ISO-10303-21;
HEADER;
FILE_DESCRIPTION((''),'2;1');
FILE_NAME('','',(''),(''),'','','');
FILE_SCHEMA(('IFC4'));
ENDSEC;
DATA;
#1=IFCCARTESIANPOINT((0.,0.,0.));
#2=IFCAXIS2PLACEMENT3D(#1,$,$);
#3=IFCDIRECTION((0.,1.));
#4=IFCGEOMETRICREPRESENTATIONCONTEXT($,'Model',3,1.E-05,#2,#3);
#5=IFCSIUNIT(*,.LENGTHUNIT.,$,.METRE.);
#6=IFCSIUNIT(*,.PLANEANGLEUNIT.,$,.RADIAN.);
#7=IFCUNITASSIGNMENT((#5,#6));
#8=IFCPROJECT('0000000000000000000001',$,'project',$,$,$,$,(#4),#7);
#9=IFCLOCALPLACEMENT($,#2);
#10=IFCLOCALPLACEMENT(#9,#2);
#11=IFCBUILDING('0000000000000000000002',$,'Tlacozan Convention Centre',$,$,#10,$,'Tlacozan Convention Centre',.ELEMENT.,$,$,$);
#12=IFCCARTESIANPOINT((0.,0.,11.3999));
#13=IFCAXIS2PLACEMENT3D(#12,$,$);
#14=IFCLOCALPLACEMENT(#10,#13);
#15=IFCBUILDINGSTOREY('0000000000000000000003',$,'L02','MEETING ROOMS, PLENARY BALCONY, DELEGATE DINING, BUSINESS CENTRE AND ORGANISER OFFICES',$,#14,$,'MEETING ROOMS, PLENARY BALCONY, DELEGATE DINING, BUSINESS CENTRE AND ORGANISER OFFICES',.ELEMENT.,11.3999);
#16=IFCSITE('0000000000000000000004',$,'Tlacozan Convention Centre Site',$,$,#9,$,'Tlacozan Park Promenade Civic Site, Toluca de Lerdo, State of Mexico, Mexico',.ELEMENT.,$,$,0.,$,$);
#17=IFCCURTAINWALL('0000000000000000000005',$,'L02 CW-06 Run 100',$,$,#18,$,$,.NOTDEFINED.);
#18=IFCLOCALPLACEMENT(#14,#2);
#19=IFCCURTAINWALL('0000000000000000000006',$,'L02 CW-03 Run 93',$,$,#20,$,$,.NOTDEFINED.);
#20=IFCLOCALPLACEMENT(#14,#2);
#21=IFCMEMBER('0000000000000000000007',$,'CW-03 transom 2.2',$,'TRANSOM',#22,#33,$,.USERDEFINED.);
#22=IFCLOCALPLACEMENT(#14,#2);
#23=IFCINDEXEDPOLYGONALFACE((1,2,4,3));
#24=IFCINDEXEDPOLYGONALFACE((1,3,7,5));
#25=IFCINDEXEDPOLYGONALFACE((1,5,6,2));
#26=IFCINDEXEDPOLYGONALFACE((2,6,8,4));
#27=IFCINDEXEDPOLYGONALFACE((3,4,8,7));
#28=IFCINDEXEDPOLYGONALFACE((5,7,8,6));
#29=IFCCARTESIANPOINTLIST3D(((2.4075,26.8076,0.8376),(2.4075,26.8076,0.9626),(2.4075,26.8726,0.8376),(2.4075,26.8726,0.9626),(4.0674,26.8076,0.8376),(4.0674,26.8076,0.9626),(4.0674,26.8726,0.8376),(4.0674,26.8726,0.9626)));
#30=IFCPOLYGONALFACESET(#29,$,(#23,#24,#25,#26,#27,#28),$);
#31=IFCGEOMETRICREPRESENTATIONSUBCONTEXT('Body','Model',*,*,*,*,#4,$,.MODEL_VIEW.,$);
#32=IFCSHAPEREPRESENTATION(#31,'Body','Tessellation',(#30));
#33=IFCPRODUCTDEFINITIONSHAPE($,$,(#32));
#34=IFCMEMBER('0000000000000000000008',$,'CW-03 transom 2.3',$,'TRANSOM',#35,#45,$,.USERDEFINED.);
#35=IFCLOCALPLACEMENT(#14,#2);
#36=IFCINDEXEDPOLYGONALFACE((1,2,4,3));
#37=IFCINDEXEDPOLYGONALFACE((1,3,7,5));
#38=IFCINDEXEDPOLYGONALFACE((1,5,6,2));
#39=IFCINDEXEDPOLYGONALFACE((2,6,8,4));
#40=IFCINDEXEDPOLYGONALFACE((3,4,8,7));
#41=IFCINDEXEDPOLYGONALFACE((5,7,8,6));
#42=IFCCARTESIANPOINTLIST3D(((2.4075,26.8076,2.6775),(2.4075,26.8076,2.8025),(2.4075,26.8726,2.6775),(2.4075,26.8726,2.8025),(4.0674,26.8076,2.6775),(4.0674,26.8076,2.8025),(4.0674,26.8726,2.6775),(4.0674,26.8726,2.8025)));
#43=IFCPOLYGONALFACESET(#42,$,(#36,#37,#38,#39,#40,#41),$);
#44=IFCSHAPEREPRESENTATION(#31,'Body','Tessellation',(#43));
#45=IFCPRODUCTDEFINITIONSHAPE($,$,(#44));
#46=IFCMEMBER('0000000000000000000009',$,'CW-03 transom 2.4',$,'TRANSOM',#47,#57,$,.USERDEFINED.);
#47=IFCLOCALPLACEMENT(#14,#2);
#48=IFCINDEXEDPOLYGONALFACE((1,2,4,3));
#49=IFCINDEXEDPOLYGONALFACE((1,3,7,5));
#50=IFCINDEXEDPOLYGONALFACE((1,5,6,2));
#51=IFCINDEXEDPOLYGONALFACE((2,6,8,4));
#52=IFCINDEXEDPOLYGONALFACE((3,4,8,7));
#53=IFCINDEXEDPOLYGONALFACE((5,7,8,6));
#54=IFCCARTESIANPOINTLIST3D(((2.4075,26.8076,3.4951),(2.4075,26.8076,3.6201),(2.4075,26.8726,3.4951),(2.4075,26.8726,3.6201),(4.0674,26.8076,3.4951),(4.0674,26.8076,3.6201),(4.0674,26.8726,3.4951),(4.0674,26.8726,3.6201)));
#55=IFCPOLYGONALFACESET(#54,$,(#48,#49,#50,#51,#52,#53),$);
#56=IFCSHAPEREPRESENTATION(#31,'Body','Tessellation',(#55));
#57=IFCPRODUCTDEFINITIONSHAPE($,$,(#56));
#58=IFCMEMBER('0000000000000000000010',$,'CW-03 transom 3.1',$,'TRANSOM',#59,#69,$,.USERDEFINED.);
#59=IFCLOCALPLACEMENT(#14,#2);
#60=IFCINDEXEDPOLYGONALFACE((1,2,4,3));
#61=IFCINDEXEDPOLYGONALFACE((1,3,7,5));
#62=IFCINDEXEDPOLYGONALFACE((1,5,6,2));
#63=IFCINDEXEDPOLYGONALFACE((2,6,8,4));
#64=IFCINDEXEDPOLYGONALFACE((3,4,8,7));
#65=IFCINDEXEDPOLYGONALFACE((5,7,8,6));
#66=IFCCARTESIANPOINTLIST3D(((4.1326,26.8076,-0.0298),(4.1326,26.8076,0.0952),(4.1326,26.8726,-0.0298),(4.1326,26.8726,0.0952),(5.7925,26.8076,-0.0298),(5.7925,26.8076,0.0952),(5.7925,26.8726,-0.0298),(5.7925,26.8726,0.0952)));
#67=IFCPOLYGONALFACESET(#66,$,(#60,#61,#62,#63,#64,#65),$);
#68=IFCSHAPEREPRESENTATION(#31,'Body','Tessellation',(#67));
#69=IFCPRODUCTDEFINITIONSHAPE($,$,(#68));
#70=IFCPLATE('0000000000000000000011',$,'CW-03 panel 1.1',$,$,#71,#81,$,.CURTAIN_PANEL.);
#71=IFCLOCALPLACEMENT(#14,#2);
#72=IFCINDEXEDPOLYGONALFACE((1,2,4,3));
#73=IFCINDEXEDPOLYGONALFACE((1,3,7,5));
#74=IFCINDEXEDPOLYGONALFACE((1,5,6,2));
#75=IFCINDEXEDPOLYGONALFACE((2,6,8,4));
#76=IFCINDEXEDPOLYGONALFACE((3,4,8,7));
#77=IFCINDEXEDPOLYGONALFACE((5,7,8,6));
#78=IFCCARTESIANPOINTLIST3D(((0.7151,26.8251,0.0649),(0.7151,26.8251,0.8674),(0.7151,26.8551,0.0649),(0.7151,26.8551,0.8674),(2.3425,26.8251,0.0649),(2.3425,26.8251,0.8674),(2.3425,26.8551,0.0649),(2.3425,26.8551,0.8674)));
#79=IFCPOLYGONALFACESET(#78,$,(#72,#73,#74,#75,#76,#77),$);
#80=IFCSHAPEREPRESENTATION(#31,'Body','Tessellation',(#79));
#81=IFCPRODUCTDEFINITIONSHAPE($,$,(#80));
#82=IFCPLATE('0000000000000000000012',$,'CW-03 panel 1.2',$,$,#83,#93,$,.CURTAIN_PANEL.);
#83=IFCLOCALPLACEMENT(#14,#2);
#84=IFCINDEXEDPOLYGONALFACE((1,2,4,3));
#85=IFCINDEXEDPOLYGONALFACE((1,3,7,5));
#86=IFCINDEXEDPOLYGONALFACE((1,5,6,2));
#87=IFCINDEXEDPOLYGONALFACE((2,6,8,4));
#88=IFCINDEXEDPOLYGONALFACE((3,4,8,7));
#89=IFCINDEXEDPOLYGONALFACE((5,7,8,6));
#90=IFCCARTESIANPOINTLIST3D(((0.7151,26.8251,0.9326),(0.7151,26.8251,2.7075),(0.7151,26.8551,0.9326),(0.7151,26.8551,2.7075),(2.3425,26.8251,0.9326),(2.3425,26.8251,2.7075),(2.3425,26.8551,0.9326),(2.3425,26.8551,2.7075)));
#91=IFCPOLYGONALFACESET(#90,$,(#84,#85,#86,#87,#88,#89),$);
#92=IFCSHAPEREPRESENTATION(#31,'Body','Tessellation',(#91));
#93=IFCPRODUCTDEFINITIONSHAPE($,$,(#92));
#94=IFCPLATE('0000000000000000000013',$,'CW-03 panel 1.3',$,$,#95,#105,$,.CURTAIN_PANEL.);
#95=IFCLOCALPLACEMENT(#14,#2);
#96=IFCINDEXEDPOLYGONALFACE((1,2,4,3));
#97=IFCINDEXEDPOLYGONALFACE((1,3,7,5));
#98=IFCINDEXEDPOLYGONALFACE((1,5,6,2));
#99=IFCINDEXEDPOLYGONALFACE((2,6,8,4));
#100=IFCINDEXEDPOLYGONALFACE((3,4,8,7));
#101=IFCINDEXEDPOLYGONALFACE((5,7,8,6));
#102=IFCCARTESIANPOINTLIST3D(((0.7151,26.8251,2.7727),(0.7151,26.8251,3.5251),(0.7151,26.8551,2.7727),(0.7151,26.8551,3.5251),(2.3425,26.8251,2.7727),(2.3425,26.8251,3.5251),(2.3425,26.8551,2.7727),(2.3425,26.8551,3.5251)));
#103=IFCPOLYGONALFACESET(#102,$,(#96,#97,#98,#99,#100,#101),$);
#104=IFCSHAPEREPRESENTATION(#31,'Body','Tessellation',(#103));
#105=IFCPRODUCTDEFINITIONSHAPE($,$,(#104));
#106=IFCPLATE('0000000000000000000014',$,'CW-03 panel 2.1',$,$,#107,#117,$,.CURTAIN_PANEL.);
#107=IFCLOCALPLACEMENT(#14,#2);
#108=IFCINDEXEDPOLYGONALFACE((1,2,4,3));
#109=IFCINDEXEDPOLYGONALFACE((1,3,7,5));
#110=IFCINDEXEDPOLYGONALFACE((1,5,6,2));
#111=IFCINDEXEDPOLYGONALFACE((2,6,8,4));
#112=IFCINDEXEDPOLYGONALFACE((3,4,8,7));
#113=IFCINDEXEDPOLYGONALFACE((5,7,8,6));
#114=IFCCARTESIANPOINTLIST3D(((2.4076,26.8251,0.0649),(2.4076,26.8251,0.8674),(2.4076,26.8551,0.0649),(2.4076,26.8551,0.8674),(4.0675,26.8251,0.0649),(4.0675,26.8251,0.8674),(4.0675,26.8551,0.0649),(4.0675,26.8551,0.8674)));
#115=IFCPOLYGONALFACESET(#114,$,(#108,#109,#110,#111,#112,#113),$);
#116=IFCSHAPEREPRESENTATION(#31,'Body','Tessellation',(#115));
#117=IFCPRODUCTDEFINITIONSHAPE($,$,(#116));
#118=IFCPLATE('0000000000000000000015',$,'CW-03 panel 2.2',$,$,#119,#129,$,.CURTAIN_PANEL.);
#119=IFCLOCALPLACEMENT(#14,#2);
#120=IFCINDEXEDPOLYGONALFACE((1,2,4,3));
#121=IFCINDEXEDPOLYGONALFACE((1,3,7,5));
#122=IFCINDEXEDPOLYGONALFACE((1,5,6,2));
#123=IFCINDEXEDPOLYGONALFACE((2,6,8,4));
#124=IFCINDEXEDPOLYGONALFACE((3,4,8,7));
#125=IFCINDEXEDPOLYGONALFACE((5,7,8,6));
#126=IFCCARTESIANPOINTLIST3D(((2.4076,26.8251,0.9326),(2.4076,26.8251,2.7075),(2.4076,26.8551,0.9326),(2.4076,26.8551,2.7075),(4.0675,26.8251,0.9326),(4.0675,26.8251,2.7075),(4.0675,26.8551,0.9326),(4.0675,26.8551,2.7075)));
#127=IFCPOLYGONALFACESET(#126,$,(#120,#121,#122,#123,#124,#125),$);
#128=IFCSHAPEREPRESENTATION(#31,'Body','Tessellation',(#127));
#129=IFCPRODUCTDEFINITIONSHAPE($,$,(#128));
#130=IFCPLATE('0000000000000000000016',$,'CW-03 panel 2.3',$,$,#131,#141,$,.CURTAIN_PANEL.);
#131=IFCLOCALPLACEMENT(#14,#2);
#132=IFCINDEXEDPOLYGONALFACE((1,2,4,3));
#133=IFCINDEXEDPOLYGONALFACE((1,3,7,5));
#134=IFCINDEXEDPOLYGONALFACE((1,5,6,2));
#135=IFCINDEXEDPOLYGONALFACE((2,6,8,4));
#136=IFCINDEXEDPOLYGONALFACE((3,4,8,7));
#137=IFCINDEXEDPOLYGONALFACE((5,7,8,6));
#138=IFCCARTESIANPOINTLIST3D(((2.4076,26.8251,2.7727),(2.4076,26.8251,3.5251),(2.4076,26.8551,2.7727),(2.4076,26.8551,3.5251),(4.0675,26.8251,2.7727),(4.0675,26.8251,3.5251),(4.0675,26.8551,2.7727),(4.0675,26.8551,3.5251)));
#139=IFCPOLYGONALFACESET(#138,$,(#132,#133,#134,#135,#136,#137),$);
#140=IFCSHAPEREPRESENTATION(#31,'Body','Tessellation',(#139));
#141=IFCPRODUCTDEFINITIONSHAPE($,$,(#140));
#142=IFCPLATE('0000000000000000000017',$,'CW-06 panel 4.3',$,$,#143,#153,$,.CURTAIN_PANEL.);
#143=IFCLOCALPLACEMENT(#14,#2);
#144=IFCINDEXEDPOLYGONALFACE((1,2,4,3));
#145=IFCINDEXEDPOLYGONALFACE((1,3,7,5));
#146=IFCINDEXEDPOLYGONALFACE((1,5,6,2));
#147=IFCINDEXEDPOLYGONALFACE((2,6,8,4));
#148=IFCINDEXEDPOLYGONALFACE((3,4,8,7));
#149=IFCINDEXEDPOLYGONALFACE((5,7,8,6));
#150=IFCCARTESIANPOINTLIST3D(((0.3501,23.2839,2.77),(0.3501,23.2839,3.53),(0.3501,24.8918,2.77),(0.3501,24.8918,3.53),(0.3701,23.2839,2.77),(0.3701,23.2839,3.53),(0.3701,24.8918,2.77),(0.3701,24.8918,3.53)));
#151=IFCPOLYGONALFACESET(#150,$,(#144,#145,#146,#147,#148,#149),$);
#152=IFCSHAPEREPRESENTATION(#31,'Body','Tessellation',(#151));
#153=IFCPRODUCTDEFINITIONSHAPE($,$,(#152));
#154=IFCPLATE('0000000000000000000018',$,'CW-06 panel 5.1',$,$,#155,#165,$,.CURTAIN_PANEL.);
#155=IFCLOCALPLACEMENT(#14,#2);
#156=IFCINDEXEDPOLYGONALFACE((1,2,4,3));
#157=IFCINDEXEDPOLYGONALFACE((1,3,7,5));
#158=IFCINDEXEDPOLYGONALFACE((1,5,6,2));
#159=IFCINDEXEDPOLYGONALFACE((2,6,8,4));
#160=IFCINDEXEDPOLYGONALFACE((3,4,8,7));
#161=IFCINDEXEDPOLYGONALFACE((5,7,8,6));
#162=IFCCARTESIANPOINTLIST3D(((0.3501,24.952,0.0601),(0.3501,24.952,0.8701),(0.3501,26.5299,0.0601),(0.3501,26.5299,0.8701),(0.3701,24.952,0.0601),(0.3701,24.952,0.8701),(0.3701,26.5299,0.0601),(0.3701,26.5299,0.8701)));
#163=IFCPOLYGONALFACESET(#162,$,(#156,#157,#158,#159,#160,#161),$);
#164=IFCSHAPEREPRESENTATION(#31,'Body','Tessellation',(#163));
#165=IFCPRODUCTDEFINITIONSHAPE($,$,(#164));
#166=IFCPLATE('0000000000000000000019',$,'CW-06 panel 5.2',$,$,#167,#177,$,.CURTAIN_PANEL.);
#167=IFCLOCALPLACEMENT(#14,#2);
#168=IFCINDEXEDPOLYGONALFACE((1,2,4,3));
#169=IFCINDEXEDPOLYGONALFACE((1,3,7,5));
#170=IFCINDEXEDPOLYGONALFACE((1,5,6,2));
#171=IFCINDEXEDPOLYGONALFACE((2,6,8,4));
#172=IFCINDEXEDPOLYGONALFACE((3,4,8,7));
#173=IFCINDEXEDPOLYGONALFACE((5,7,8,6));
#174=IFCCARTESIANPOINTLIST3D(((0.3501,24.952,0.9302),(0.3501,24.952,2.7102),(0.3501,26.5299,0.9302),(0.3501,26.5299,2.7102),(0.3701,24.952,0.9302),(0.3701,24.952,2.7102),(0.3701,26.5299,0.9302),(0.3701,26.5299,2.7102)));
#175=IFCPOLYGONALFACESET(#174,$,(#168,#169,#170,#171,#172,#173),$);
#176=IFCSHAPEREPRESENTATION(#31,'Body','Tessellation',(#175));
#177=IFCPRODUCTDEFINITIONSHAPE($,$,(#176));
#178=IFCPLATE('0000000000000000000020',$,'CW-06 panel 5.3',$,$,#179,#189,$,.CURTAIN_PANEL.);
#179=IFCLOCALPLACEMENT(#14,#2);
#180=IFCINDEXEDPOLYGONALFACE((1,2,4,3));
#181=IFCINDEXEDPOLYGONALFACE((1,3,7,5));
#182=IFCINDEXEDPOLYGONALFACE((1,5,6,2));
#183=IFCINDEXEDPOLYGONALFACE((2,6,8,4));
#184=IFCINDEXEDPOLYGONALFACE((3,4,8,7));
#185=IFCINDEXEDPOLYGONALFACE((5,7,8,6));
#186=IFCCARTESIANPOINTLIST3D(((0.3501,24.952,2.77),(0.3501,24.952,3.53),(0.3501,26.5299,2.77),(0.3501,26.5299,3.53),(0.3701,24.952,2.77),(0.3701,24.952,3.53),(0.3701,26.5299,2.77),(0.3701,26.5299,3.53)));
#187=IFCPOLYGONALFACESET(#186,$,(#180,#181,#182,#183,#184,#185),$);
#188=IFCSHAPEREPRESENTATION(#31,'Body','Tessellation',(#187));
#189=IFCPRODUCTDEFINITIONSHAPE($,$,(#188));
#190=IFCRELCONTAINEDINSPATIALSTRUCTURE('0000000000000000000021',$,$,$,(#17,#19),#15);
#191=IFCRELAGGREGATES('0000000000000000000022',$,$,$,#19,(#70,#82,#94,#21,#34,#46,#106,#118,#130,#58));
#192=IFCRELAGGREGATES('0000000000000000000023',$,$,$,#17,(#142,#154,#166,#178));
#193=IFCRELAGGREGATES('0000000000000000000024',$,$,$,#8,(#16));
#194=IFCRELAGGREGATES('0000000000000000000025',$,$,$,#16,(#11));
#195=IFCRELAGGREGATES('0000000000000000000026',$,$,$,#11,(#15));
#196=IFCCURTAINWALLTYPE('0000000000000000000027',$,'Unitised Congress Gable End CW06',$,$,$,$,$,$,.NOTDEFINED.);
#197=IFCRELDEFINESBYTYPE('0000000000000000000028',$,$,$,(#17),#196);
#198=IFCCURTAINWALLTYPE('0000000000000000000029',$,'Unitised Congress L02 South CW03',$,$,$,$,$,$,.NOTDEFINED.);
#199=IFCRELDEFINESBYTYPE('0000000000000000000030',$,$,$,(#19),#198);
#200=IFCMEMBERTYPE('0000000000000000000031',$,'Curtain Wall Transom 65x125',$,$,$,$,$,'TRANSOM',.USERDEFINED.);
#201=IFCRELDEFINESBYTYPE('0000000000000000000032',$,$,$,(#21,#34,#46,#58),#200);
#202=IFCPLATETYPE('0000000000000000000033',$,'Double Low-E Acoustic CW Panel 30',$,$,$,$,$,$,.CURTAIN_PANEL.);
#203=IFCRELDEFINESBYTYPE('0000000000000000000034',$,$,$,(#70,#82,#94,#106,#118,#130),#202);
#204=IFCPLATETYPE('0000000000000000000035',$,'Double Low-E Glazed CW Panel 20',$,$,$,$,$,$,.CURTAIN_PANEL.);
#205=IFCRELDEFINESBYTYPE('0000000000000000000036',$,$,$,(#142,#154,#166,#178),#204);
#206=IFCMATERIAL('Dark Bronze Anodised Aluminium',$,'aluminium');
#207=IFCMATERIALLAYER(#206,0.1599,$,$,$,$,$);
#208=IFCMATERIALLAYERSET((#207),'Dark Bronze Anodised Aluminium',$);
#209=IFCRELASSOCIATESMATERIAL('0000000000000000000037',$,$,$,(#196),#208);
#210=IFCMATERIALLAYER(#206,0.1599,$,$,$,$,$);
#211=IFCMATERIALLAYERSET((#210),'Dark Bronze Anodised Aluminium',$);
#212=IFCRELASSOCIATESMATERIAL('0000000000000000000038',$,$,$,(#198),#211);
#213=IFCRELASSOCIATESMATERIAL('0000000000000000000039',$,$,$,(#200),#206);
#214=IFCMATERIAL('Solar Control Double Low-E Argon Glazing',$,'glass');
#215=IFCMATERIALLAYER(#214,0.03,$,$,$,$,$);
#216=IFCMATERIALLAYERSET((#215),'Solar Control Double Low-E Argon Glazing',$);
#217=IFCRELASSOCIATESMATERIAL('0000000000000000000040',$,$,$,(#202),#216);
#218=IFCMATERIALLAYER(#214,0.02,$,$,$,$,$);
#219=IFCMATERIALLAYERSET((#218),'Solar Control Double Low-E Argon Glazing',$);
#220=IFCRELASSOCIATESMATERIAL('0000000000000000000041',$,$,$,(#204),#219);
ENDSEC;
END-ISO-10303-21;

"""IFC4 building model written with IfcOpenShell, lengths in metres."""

from ifc_helpers import new_model, si_unit, direction, frame, origin, origin_2d, place, context, subcontext, project, spatial, rectangle, extrude, material, layer, layer_set, material_profile, profile_set, type_object, element, aggregate, save


model = new_model("IFC4")

# Units and contexts
model_context = context("Model", 3, precision=1e-05, world=origin(), true_north=direction((0.0, 1.0)))
body_context = subcontext(model_context, "Body", "Model", "MODEL_VIEW")
ifc_project = project(units=[si_unit("LENGTHUNIT", "METRE"), si_unit("PLANEANGLEUNIT", "RADIAN")], contexts=[model_context])

# Site, building, storey
site_placement = place(None, origin())
site = spatial("IfcSite", under=ifc_project, at=site_placement, Name="Tlacozan Convention Centre Site", LongName="Tlacozan Park Promenade Civic Site, Toluca de Lerdo, State of Mexico, Mexico", CompositionType="ELEMENT", RefElevation=0.0)
building_placement = place(site_placement, origin())
building = spatial("IfcBuilding", under=site, at=building_placement, Name="Tlacozan Convention Centre", LongName="Tlacozan Convention Centre", CompositionType="ELEMENT")
storey_placement = place(building_placement, frame((0.0, 0.0, 11.3999)))
storey = spatial("IfcBuildingStorey", under=building, at=storey_placement, Name="L02", Description="MEETING ROOMS, PLENARY BALCONY, DELEGATE DINING, BUSINESS CENTRE AND ORGANISER OFFICES", LongName="MEETING ROOMS, PLENARY BALCONY, DELEGATE DINING, BUSINESS CENTRE AND ORGANISER OFFICES", CompositionType="ELEMENT", Elevation=11.3999)

# Curtain wall
ifc_material_1 = material(Name="Dark Bronze Anodised Aluminium", Category="aluminium")
ifc_layer_1 = layer(ifc_material_1, 0.1599)
ifc_layer_set_1 = layer_set([ifc_layer_1], Name="Dark Bronze Anodised Aluminium")
curtain_wall_type_1 = type_object("IfcCurtainWallType", Name="Unitised Congress Gable End CW06", PredefinedType="NOTDEFINED", material=ifc_layer_set_1)
curtain_wall_1_placement = place(storey_placement, origin())
curtain_wall_1 = element("IfcCurtainWall", 1, at=curtain_wall_1_placement, inside=storey, type_object=curtain_wall_type_1, Name="L02 CW-06 Run 100", PredefinedType="NOTDEFINED")

# Curtain wall, members, plates
ifc_layer_2 = layer(ifc_material_1, 0.1599)
ifc_layer_set_2 = layer_set([ifc_layer_2], Name="Dark Bronze Anodised Aluminium")
curtain_wall_type_2 = type_object("IfcCurtainWallType", Name="Unitised Congress L02 South CW03", PredefinedType="NOTDEFINED", material=ifc_layer_set_2)
curtain_wall_2_placement = place(storey_placement, origin())
curtain_wall_2 = element("IfcCurtainWall", 2, at=curtain_wall_2_placement, inside=storey, type_object=curtain_wall_type_2, Name="L02 CW-03 Run 93", PredefinedType="NOTDEFINED")
ifc_material_profile_1 = material_profile(ifc_material_1, rectangle(XDim=0.0649, YDim=0.125, at=origin_2d()), Name="ALU 65x125")
ifc_profile_set_1 = profile_set([ifc_material_profile_1], Name="Dark Bronze Anodised Aluminium")
member_type_1 = type_object("IfcMemberType", Name="Curtain Wall Transom 65x125", ElementType="TRANSOM", PredefinedType="USERDEFINED", material=ifc_profile_set_1)
member_1_placement = place(storey_placement, frame((2.4075, 26.8401, 0.9001), z_axis=(1.0, 0.0, 0.0), x_axis=(0.0, 1.0, 0.0)))
member_1 = element("IfcMember", 3, at=member_1_placement, type_object=member_type_1, Name="CW-03 transom 2.2", ObjectType="TRANSOM", PredefinedType="USERDEFINED", context=body_context, shape_type="SweptSolid", body=[
    extrude(rectangle(XDim=0.0649, YDim=0.125, at=origin_2d()), origin(), (0.0, 0.0, 1.0), 1.6599),
])
member_2_placement = place(storey_placement, frame((2.4075, 26.8401, 2.74), z_axis=(1.0, 0.0, 0.0), x_axis=(0.0, 1.0, 0.0)))
member_2 = element("IfcMember", 4, at=member_2_placement, type_object=member_type_1, Name="CW-03 transom 2.3", ObjectType="TRANSOM", PredefinedType="USERDEFINED", context=body_context, shape_type="SweptSolid", body=[
    extrude(rectangle(XDim=0.0649, YDim=0.125, at=origin_2d()), origin(), (0.0, 0.0, 1.0), 1.6599),
])
member_3_placement = place(storey_placement, frame((2.4075, 26.8401, 3.5576), z_axis=(1.0, 0.0, 0.0), x_axis=(0.0, 1.0, 0.0)))
member_3 = element("IfcMember", 5, at=member_3_placement, type_object=member_type_1, Name="CW-03 transom 2.4", ObjectType="TRANSOM", PredefinedType="USERDEFINED", context=body_context, shape_type="SweptSolid", body=[
    extrude(rectangle(XDim=0.0649, YDim=0.125, at=origin_2d()), origin(), (0.0, 0.0, 1.0), 1.6599),
])
member_4_placement = place(storey_placement, frame((4.1326, 26.8401, 0.0327), z_axis=(1.0, 0.0, 0.0), x_axis=(0.0, 1.0, 0.0)))
member_4 = element("IfcMember", 6, at=member_4_placement, type_object=member_type_1, Name="CW-03 transom 3.1", ObjectType="TRANSOM", PredefinedType="USERDEFINED", context=body_context, shape_type="SweptSolid", body=[
    extrude(rectangle(XDim=0.0649, YDim=0.125, at=origin_2d()), origin(), (0.0, 0.0, 1.0), 1.6599),
])
ifc_material_2 = material(Name="Solar Control Double Low-E Argon Glazing", Category="glass")
ifc_layer_3 = layer(ifc_material_2, 0.03)
ifc_layer_set_3 = layer_set([ifc_layer_3], Name="Solar Control Double Low-E Argon Glazing")
plate_type_1 = type_object("IfcPlateType", Name="Double Low-E Acoustic CW Panel 30", PredefinedType="CURTAIN_PANEL", material=ifc_layer_set_3)
plate_1_placement = place(storey_placement, frame((1.5288, 26.8401, 0.0649), z_axis=(0.0, 0.0, 1.0), x_axis=(1.0, 0.0, 0.0)))
plate_1 = element("IfcPlate", 7, at=plate_1_placement, type_object=plate_type_1, Name="CW-03 panel 1.1", PredefinedType="CURTAIN_PANEL", context=body_context, shape_type="SweptSolid", body=[
    extrude(rectangle(XDim=1.6274, YDim=0.03, at=origin_2d()), origin(), (0.0, 0.0, 1.0), 0.8025),
])
plate_2_placement = place(storey_placement, frame((1.5288, 26.8401, 0.9326), z_axis=(0.0, 0.0, 1.0), x_axis=(1.0, 0.0, 0.0)))
plate_2 = element("IfcPlate", 8, at=plate_2_placement, type_object=plate_type_1, Name="CW-03 panel 1.2", PredefinedType="CURTAIN_PANEL", context=body_context, shape_type="SweptSolid", body=[
    extrude(rectangle(XDim=1.6274, YDim=0.03, at=origin_2d()), origin(), (0.0, 0.0, 1.0), 1.7749),
])
plate_3_placement = place(storey_placement, frame((1.5288, 26.8401, 2.7727), z_axis=(0.0, 0.0, 1.0), x_axis=(1.0, 0.0, 0.0)))
plate_3 = element("IfcPlate", 9, at=plate_3_placement, type_object=plate_type_1, Name="CW-03 panel 1.3", PredefinedType="CURTAIN_PANEL", context=body_context, shape_type="SweptSolid", body=[
    extrude(rectangle(XDim=1.6274, YDim=0.03, at=origin_2d()), origin(), (0.0, 0.0, 1.0), 0.7524),
])
plate_4_placement = place(storey_placement, frame((3.2375, 26.8401, 0.0649), z_axis=(0.0, 0.0, 1.0), x_axis=(1.0, 0.0, 0.0)))
plate_4 = element("IfcPlate", 10, at=plate_4_placement, type_object=plate_type_1, Name="CW-03 panel 2.1", PredefinedType="CURTAIN_PANEL", context=body_context, shape_type="SweptSolid", body=[
    extrude(rectangle(XDim=1.6599, YDim=0.03, at=origin_2d()), origin(), (0.0, 0.0, 1.0), 0.8025),
])
plate_5_placement = place(storey_placement, frame((3.2375, 26.8401, 0.9326), z_axis=(0.0, 0.0, 1.0), x_axis=(1.0, 0.0, 0.0)))
plate_5 = element("IfcPlate", 11, at=plate_5_placement, type_object=plate_type_1, Name="CW-03 panel 2.2", PredefinedType="CURTAIN_PANEL", context=body_context, shape_type="SweptSolid", body=[
    extrude(rectangle(XDim=1.6599, YDim=0.03, at=origin_2d()), origin(), (0.0, 0.0, 1.0), 1.7749),
])
plate_6_placement = place(storey_placement, frame((3.2375, 26.8401, 2.7727), z_axis=(0.0, 0.0, 1.0), x_axis=(1.0, 0.0, 0.0)))
plate_6 = element("IfcPlate", 12, at=plate_6_placement, type_object=plate_type_1, Name="CW-03 panel 2.3", PredefinedType="CURTAIN_PANEL", context=body_context, shape_type="SweptSolid", body=[
    extrude(rectangle(XDim=1.6599, YDim=0.03, at=origin_2d()), origin(), (0.0, 0.0, 1.0), 0.7524),
])
aggregate(curtain_wall_2, [plate_1, plate_2, plate_3, member_1, member_2, member_3, plate_4, plate_5, plate_6, member_4])

# Plates
ifc_layer_4 = layer(ifc_material_2, 0.02)
ifc_layer_set_4 = layer_set([ifc_layer_4], Name="Solar Control Double Low-E Argon Glazing")
plate_type_2 = type_object("IfcPlateType", Name="Double Low-E Glazed CW Panel 20", PredefinedType="CURTAIN_PANEL", material=ifc_layer_set_4)
plate_7_placement = place(storey_placement, frame((0.3601, 24.0879, 2.77), z_axis=(0.0, 0.0, 1.0), x_axis=(0.0, 1.0, 0.0)))
plate_7 = element("IfcPlate", 13, at=plate_7_placement, type_object=plate_type_2, Name="CW-06 panel 4.3", PredefinedType="CURTAIN_PANEL", context=body_context, shape_type="SweptSolid", body=[
    extrude(rectangle(XDim=1.6079, YDim=0.02, at=origin_2d()), origin(), (0.0, 0.0, 1.0), 0.76),
])
plate_8_placement = place(storey_placement, frame((0.3601, 25.741, 0.0601), z_axis=(0.0, 0.0, 1.0), x_axis=(0.0, 1.0, 0.0)))
plate_8 = element("IfcPlate", 14, at=plate_8_placement, type_object=plate_type_2, Name="CW-06 panel 5.1", PredefinedType="CURTAIN_PANEL", context=body_context, shape_type="SweptSolid", body=[
    extrude(rectangle(XDim=1.5779, YDim=0.02, at=origin_2d()), origin(), (0.0, 0.0, 1.0), 0.8101),
])
plate_9_placement = place(storey_placement, frame((0.3601, 25.741, 0.9302), z_axis=(0.0, 0.0, 1.0), x_axis=(0.0, 1.0, 0.0)))
plate_9 = element("IfcPlate", 15, at=plate_9_placement, type_object=plate_type_2, Name="CW-06 panel 5.2", PredefinedType="CURTAIN_PANEL", context=body_context, shape_type="SweptSolid", body=[
    extrude(rectangle(XDim=1.5779, YDim=0.02, at=origin_2d()), origin(), (0.0, 0.0, 1.0), 1.78),
])
plate_10_placement = place(storey_placement, frame((0.3601, 25.741, 2.77), z_axis=(0.0, 0.0, 1.0), x_axis=(0.0, 1.0, 0.0)))
plate_10 = element("IfcPlate", 16, at=plate_10_placement, type_object=plate_type_2, Name="CW-06 panel 5.3", PredefinedType="CURTAIN_PANEL", context=body_context, shape_type="SweptSolid", body=[
    extrude(rectangle(XDim=1.5779, YDim=0.02, at=origin_2d()), origin(), (0.0, 0.0, 1.0), 0.76),
])
aggregate(curtain_wall_1, [plate_7, plate_8, plate_9, plate_10])

save(model, "model.ifc")
